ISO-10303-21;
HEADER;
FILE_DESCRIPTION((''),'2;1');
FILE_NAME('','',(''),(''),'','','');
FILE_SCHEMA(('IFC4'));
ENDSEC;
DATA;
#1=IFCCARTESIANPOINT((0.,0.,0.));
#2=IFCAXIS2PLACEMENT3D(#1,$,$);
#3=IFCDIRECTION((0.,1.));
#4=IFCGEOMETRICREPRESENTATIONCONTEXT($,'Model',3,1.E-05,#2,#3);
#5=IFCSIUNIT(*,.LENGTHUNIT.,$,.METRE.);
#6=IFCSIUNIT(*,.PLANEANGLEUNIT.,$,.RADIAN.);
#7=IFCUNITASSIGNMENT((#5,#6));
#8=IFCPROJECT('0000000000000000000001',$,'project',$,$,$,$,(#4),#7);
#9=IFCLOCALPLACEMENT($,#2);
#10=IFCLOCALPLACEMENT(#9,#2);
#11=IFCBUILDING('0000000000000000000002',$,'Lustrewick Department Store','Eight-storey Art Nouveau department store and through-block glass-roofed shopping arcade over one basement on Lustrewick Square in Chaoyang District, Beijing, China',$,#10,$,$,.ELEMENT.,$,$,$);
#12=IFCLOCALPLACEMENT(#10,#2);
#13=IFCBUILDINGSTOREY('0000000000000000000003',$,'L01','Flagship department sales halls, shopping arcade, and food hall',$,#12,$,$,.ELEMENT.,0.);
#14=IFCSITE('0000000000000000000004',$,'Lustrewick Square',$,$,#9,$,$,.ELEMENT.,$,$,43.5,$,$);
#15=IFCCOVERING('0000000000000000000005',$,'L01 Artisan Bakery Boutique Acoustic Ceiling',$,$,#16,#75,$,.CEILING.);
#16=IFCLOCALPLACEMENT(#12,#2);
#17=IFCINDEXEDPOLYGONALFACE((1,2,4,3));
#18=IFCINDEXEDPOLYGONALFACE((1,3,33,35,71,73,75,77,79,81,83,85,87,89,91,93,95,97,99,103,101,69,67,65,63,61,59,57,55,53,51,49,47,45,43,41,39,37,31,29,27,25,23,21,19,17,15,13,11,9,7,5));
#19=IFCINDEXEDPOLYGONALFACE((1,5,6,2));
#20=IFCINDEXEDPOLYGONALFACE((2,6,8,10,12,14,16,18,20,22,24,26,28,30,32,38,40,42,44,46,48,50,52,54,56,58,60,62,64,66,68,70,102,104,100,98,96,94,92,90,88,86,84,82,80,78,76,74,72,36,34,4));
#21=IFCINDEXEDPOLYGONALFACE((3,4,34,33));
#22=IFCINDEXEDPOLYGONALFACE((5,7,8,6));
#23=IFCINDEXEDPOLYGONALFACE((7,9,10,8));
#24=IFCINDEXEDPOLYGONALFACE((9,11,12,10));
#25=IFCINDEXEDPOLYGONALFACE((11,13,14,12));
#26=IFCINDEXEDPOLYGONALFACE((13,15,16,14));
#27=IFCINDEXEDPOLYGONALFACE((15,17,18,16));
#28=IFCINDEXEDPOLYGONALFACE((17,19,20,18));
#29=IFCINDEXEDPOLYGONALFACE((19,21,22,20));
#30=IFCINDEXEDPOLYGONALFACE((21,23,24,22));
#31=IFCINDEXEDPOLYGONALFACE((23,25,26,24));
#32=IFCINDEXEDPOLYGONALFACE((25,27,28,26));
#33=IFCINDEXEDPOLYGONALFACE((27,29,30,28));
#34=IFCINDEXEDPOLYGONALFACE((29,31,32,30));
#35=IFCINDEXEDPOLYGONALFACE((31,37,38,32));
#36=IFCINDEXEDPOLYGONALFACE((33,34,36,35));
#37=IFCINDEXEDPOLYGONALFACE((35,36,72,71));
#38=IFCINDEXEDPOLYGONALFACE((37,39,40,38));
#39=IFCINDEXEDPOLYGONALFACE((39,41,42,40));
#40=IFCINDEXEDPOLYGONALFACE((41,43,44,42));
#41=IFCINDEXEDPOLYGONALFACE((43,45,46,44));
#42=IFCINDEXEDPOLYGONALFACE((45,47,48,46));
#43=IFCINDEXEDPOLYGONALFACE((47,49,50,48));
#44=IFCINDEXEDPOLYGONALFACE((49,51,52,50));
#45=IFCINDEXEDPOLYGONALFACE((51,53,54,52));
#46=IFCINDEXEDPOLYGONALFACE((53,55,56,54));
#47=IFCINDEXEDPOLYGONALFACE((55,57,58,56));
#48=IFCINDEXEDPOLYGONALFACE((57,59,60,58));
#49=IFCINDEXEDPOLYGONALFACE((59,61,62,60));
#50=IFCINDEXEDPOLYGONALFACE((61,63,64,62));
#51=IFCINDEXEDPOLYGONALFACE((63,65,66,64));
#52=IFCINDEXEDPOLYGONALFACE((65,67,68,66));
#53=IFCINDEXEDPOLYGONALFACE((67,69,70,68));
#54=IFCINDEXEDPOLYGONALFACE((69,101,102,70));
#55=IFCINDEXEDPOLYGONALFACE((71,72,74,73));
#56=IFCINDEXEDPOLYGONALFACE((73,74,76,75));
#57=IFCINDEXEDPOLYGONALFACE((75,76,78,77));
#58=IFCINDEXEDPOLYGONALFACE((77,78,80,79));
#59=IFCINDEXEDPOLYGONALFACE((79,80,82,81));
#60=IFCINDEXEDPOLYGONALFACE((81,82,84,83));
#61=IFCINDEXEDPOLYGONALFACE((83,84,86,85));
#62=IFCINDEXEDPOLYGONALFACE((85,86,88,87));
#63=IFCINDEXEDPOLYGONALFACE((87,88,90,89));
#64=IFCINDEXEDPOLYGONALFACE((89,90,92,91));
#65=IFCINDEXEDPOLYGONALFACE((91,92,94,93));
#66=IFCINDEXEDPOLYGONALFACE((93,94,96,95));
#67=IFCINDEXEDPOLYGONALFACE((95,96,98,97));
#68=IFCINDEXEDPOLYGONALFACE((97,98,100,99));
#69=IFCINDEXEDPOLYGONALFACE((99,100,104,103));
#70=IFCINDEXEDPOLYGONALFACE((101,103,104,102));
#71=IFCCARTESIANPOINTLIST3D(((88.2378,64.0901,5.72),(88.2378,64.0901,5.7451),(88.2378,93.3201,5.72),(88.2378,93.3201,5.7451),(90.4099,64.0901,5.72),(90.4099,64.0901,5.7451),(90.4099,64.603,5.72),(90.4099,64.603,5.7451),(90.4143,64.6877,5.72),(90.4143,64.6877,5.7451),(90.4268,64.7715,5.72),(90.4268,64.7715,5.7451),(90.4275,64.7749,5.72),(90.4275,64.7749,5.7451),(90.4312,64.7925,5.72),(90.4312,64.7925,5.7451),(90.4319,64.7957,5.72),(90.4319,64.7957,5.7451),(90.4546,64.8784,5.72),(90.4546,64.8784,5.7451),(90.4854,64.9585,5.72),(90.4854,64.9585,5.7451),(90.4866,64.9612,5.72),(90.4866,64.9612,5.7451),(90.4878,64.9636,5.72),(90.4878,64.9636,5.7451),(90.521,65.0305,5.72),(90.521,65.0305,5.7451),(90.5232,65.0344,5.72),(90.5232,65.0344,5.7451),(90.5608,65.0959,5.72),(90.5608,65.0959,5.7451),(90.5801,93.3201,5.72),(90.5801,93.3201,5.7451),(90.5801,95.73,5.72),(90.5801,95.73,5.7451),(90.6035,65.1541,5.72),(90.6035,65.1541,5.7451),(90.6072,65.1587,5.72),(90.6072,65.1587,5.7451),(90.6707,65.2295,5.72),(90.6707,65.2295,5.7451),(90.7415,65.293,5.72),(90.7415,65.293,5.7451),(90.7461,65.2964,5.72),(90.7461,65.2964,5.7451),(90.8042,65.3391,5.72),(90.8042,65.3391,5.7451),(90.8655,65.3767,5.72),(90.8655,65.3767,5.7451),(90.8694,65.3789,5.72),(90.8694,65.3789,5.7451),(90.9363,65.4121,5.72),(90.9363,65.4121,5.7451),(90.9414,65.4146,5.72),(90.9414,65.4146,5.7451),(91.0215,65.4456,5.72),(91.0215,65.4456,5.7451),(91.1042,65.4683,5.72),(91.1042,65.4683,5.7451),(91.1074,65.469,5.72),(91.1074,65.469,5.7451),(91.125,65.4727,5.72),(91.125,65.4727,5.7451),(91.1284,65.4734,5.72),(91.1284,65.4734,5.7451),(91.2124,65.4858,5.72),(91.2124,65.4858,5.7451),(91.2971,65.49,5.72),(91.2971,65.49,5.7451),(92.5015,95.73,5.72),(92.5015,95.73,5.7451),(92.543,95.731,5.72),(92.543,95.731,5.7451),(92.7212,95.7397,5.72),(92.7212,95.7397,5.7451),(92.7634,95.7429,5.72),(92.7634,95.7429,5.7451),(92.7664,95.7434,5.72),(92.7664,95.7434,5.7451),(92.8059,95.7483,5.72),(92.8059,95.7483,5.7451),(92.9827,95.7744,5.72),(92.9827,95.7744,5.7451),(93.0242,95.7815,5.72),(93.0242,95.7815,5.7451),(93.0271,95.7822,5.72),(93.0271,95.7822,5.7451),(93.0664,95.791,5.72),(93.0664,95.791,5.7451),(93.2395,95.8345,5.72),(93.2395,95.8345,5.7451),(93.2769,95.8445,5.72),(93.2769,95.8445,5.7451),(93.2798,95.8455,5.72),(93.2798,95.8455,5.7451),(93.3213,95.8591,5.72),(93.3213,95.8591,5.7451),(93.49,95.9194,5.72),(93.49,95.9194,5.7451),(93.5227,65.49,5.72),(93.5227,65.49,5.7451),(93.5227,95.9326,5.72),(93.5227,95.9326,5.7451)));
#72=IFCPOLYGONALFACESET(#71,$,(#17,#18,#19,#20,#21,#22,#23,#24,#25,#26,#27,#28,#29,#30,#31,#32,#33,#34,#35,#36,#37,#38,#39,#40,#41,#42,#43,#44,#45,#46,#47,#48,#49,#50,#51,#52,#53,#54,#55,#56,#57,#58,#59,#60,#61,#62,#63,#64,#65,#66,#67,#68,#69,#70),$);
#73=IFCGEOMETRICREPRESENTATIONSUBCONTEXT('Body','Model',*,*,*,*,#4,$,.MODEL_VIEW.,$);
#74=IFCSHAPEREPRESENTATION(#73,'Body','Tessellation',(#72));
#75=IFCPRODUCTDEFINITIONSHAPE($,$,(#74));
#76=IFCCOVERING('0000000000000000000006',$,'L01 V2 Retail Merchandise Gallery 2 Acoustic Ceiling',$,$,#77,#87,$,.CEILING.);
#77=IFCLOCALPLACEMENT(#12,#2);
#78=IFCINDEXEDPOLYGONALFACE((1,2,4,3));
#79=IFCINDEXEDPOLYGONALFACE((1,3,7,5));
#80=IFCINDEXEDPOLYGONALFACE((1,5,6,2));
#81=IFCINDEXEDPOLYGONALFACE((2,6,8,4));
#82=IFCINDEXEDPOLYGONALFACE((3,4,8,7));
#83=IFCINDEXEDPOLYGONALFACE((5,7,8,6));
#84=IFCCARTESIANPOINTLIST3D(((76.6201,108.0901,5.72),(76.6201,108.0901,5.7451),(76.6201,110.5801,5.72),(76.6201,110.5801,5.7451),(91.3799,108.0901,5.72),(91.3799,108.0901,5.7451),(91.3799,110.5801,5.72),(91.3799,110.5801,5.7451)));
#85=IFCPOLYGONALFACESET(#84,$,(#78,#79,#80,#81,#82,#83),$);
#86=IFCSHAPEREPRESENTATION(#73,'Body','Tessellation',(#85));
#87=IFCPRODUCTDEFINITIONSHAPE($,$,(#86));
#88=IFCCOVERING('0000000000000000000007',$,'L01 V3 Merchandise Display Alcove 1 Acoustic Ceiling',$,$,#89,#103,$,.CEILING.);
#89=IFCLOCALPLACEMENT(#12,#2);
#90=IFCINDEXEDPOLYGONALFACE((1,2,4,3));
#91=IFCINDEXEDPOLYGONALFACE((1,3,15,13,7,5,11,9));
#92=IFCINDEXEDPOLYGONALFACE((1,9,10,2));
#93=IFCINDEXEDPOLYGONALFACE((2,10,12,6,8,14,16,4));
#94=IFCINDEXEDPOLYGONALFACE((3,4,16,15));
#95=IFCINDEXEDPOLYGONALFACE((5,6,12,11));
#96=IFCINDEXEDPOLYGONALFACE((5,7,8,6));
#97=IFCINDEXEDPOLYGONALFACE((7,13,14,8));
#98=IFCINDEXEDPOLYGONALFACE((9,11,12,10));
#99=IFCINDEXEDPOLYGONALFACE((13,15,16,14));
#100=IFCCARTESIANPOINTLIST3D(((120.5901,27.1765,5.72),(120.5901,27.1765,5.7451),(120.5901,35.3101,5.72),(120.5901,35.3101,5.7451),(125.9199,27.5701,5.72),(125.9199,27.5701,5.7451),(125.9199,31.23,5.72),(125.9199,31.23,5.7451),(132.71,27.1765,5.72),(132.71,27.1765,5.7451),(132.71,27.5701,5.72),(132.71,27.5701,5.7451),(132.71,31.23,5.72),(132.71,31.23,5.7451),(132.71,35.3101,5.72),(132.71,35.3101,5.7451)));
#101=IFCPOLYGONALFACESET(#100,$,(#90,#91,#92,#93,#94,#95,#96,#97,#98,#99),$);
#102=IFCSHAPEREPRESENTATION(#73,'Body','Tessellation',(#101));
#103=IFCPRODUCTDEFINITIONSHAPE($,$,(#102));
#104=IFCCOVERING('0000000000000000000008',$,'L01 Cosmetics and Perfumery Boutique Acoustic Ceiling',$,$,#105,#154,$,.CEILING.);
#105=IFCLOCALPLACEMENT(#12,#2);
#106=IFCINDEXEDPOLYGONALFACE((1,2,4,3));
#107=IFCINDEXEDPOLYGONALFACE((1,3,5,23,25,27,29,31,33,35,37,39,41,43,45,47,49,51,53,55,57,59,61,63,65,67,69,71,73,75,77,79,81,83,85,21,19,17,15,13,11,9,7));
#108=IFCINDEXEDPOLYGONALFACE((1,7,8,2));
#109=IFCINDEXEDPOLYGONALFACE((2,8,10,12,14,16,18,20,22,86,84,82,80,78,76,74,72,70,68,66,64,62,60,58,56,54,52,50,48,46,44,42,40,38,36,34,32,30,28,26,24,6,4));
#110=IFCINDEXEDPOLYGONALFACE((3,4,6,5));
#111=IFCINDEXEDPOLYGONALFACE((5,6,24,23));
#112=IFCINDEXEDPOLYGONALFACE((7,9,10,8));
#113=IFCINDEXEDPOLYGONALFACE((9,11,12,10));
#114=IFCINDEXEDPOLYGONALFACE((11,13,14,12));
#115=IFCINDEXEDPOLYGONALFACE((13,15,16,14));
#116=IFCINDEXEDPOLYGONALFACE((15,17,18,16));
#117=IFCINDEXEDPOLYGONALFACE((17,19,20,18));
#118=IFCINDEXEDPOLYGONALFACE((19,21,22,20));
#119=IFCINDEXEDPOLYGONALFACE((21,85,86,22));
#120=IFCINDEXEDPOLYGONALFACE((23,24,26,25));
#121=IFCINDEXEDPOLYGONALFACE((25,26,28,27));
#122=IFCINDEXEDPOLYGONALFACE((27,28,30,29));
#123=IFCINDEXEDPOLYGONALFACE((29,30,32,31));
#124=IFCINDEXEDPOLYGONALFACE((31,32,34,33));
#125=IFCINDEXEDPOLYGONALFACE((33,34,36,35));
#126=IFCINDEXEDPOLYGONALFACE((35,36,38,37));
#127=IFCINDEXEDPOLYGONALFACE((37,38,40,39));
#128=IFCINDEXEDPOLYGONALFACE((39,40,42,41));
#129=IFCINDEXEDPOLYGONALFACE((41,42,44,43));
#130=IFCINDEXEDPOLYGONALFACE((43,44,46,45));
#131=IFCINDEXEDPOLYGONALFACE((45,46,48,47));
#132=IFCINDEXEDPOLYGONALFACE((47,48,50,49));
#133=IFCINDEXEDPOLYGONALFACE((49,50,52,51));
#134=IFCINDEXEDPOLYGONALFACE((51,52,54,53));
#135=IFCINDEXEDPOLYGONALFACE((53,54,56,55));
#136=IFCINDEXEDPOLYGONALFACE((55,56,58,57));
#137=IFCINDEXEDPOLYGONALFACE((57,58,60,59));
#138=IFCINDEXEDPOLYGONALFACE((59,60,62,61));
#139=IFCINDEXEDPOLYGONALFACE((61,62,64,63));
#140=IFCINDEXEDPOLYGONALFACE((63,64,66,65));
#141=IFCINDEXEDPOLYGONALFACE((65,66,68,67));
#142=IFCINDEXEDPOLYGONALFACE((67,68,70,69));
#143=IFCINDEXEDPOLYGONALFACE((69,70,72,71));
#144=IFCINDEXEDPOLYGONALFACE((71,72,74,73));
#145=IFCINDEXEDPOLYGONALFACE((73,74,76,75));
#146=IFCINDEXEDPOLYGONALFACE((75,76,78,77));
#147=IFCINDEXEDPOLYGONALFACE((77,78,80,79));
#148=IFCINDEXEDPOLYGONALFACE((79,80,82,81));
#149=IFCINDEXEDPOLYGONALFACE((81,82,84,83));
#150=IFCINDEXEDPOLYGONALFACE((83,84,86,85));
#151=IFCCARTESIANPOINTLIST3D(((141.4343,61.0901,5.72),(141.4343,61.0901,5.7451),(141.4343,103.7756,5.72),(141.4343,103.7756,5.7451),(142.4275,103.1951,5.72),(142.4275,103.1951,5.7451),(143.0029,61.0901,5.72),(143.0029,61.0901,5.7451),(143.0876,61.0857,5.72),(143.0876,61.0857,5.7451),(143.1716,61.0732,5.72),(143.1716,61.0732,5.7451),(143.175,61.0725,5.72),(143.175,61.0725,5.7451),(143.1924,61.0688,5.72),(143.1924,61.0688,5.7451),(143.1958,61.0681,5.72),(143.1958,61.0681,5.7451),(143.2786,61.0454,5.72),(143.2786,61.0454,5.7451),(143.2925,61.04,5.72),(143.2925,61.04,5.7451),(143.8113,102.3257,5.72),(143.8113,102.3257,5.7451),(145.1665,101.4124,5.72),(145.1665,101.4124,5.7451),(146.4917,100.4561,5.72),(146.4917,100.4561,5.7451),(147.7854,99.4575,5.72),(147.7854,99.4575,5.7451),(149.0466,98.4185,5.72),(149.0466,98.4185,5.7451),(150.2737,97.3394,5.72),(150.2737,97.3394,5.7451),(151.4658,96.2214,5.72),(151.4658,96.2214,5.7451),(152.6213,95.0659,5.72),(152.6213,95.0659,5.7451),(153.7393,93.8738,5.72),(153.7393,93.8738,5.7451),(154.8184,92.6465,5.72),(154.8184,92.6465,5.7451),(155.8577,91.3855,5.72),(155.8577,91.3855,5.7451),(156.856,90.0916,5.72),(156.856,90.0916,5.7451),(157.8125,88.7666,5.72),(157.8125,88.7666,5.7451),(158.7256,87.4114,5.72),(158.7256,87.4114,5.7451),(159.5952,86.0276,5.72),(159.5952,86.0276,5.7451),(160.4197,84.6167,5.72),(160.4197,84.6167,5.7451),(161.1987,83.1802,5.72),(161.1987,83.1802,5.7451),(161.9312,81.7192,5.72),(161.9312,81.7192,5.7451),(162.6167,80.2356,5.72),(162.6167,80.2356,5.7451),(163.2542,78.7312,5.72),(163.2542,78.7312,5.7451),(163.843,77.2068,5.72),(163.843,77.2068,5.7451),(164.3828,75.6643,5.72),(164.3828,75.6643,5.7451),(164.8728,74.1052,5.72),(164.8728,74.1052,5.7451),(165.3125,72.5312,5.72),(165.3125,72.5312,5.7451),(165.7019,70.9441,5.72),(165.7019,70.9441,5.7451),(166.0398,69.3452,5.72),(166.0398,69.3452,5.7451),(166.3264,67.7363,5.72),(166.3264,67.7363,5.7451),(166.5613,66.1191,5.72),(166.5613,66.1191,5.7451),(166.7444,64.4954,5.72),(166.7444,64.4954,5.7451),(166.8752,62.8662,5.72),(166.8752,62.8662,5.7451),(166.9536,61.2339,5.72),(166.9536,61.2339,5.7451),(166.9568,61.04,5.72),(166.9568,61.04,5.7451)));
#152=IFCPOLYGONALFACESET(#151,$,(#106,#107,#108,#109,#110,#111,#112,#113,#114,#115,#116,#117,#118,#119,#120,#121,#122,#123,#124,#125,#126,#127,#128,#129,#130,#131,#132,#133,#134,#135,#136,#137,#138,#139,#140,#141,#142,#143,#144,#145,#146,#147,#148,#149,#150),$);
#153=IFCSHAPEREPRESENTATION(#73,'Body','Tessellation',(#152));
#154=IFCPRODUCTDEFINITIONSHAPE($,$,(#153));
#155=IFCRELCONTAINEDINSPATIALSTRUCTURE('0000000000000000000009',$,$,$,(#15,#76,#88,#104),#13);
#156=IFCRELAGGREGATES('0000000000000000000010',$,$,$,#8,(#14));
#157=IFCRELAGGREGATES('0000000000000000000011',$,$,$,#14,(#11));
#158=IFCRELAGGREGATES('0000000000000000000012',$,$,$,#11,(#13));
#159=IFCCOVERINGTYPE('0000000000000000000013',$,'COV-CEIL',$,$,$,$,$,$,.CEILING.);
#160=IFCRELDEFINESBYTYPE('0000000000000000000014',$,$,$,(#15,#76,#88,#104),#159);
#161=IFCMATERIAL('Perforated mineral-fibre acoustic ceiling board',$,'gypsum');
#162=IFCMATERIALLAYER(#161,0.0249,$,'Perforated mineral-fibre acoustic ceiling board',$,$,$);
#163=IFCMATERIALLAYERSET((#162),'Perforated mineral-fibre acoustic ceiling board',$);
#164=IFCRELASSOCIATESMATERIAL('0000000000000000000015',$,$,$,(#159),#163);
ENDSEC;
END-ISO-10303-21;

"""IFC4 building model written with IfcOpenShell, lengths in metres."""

from ifc_helpers import new_model, si_unit, direction, frame, origin, place, context, subcontext, project, spatial, polyline, outline, extrude, material, layer, layer_set, type_object, element, save


model = new_model("IFC4")

# Units and contexts
model_context = context("Model", 3, precision=1e-05, world=origin(), true_north=direction((0.0, 1.0)))
body_context = subcontext(model_context, "Body", "Model", "MODEL_VIEW")
ifc_project = project(units=[si_unit("LENGTHUNIT", "METRE"), si_unit("PLANEANGLEUNIT", "RADIAN")], contexts=[model_context])

# Site, building, storey
site_placement = place(None, origin())
site = spatial("IfcSite", under=ifc_project, at=site_placement, Name="Lustrewick Square", CompositionType="ELEMENT", RefElevation=43.5)
building_placement = place(site_placement, origin())
building = spatial("IfcBuilding", under=site, at=building_placement, Name="Lustrewick Department Store", Description="Eight-storey Art Nouveau department store and through-block glass-roofed shopping arcade over one basement on Lustrewick Square in Chaoyang District, Beijing, China", CompositionType="ELEMENT")
storey_placement = place(building_placement, origin())
storey = spatial("IfcBuildingStorey", under=building, at=storey_placement, Name="L01", Description="Flagship department sales halls, shopping arcade, and food hall", CompositionType="ELEMENT", Elevation=0.0)

# Coverings
ifc_material_1 = material(Name="Perforated mineral-fibre acoustic ceiling board", Category="gypsum")
ifc_layer_1 = layer(ifc_material_1, 0.0249, Name="Perforated mineral-fibre acoustic ceiling board")
ifc_layer_set_1 = layer_set([ifc_layer_1], Name="Perforated mineral-fibre acoustic ceiling board")
covering_type_1 = type_object("IfcCoveringType", Name="COV-CEIL", PredefinedType="CEILING", material=ifc_layer_set_1)
covering_1_placement = place(storey_placement, frame((0.0, 0.0, 5.72)))
element("IfcCovering", 1, at=covering_1_placement, inside=storey, type_object=covering_type_1, Name="L01 Artisan Bakery Boutique Acoustic Ceiling", PredefinedType="CEILING", context=body_context, shape_type="SweptSolid", body=[
    extrude(outline(polyline([(90.5801, 95.73), (90.5801, 93.3201), (88.2378, 93.3201), (88.2378, 64.0901), (90.4099, 64.0901), (90.4099, 64.603), (90.4143, 64.6877), (90.4268, 64.7715), (90.4275, 64.7749), (90.4312, 64.7925), (90.4319, 64.7957), (90.4546, 64.8784), (90.4854, 64.9585), (90.4866, 64.9612), (90.4878, 64.9636), (90.521, 65.0305), (90.5232, 65.0344), (90.5608, 65.0959), (90.6035, 65.1541), (90.6072, 65.1587), (90.6707, 65.2295), (90.7415, 65.293), (90.7461, 65.2964), (90.8042, 65.3391), (90.8655, 65.3767), (90.8694, 65.3789), (90.9363, 65.4121), (90.9414, 65.4146), (91.0215, 65.4456), (91.1042, 65.4683), (91.1074, 65.469), (91.125, 65.4727), (91.1284, 65.4734), (91.2124, 65.4858), (91.2971, 65.49), (93.5227, 65.49), (93.5227, 95.9326), (93.49, 95.9194), (93.3213, 95.8591), (93.2798, 95.8455), (93.2769, 95.8445), (93.2395, 95.8345), (93.0664, 95.791), (93.0271, 95.7822), (93.0242, 95.7815), (92.9827, 95.7744), (92.8059, 95.7483), (92.7664, 95.7434), (92.7634, 95.7429), (92.7212, 95.7397), (92.543, 95.731), (92.5015, 95.73), (90.5801, 95.73)])), origin(), (0.0, 0.0, 1.0), 0.0251),
])
covering_2_placement = place(storey_placement, frame((0.0, 0.0, 5.72)))
element("IfcCovering", 2, at=covering_2_placement, inside=storey, type_object=covering_type_1, Name="L01 V2 Retail Merchandise Gallery 2 Acoustic Ceiling", PredefinedType="CEILING", context=body_context, shape_type="SweptSolid", body=[
    extrude(outline(polyline([(76.6201, 108.0901), (91.3799, 108.0901), (91.3799, 110.5801), (76.6201, 110.5801), (76.6201, 108.0901)])), origin(), (0.0, 0.0, 1.0), 0.0251),
])
covering_3_placement = place(storey_placement, frame((0.0, 0.0, 5.72)))
element("IfcCovering", 3, at=covering_3_placement, inside=storey, type_object=covering_type_1, Name="L01 V3 Merchandise Display Alcove 1 Acoustic Ceiling", PredefinedType="CEILING", context=body_context, shape_type="SweptSolid", body=[
    extrude(outline(polyline([(120.5901, 27.1765), (132.71, 27.1765), (132.71, 27.5701), (125.9199, 27.5701), (125.9199, 31.23), (132.71, 31.23), (132.71, 35.3101), (120.5901, 35.3101), (120.5901, 27.1765)])), origin(), (0.0, 0.0, 1.0), 0.0251),
])
covering_4_placement = place(storey_placement, frame((0.0, 0.0, 5.72)))
element("IfcCovering", 4, at=covering_4_placement, inside=storey, type_object=covering_type_1, Name="L01 Cosmetics and Perfumery Boutique Acoustic Ceiling", PredefinedType="CEILING", context=body_context, shape_type="SweptSolid", body=[
    extrude(outline(polyline([(141.4343, 103.7756), (141.4343, 61.0901), (143.0029, 61.0901), (143.0876, 61.0857), (143.1716, 61.0732), (143.175, 61.0725), (143.1924, 61.0688), (143.1958, 61.0681), (143.2786, 61.0454), (143.2925, 61.04), (166.9568, 61.04), (166.9536, 61.2339), (166.8752, 62.8662), (166.7444, 64.4954), (166.5613, 66.1191), (166.3264, 67.7363), (166.0398, 69.3452), (165.7019, 70.9441), (165.3125, 72.5312), (164.8728, 74.1052), (164.3828, 75.6643), (163.843, 77.2068), (163.2542, 78.7312), (162.6167, 80.2356), (161.9312, 81.7192), (161.1987, 83.1802), (160.4197, 84.6167), (159.5952, 86.0276), (158.7256, 87.4114), (157.8125, 88.7666), (156.856, 90.0916), (155.8577, 91.3855), (154.8184, 92.6465), (153.7393, 93.8738), (152.6213, 95.0659), (151.4658, 96.2214), (150.2737, 97.3394), (149.0466, 98.4185), (147.7854, 99.4575), (146.4917, 100.4561), (145.1665, 101.4124), (143.8113, 102.3257), (142.4275, 103.1951), (141.4343, 103.7756)])), origin(), (0.0, 0.0, 1.0), 0.0251),
])

save(model, "model.ifc")
